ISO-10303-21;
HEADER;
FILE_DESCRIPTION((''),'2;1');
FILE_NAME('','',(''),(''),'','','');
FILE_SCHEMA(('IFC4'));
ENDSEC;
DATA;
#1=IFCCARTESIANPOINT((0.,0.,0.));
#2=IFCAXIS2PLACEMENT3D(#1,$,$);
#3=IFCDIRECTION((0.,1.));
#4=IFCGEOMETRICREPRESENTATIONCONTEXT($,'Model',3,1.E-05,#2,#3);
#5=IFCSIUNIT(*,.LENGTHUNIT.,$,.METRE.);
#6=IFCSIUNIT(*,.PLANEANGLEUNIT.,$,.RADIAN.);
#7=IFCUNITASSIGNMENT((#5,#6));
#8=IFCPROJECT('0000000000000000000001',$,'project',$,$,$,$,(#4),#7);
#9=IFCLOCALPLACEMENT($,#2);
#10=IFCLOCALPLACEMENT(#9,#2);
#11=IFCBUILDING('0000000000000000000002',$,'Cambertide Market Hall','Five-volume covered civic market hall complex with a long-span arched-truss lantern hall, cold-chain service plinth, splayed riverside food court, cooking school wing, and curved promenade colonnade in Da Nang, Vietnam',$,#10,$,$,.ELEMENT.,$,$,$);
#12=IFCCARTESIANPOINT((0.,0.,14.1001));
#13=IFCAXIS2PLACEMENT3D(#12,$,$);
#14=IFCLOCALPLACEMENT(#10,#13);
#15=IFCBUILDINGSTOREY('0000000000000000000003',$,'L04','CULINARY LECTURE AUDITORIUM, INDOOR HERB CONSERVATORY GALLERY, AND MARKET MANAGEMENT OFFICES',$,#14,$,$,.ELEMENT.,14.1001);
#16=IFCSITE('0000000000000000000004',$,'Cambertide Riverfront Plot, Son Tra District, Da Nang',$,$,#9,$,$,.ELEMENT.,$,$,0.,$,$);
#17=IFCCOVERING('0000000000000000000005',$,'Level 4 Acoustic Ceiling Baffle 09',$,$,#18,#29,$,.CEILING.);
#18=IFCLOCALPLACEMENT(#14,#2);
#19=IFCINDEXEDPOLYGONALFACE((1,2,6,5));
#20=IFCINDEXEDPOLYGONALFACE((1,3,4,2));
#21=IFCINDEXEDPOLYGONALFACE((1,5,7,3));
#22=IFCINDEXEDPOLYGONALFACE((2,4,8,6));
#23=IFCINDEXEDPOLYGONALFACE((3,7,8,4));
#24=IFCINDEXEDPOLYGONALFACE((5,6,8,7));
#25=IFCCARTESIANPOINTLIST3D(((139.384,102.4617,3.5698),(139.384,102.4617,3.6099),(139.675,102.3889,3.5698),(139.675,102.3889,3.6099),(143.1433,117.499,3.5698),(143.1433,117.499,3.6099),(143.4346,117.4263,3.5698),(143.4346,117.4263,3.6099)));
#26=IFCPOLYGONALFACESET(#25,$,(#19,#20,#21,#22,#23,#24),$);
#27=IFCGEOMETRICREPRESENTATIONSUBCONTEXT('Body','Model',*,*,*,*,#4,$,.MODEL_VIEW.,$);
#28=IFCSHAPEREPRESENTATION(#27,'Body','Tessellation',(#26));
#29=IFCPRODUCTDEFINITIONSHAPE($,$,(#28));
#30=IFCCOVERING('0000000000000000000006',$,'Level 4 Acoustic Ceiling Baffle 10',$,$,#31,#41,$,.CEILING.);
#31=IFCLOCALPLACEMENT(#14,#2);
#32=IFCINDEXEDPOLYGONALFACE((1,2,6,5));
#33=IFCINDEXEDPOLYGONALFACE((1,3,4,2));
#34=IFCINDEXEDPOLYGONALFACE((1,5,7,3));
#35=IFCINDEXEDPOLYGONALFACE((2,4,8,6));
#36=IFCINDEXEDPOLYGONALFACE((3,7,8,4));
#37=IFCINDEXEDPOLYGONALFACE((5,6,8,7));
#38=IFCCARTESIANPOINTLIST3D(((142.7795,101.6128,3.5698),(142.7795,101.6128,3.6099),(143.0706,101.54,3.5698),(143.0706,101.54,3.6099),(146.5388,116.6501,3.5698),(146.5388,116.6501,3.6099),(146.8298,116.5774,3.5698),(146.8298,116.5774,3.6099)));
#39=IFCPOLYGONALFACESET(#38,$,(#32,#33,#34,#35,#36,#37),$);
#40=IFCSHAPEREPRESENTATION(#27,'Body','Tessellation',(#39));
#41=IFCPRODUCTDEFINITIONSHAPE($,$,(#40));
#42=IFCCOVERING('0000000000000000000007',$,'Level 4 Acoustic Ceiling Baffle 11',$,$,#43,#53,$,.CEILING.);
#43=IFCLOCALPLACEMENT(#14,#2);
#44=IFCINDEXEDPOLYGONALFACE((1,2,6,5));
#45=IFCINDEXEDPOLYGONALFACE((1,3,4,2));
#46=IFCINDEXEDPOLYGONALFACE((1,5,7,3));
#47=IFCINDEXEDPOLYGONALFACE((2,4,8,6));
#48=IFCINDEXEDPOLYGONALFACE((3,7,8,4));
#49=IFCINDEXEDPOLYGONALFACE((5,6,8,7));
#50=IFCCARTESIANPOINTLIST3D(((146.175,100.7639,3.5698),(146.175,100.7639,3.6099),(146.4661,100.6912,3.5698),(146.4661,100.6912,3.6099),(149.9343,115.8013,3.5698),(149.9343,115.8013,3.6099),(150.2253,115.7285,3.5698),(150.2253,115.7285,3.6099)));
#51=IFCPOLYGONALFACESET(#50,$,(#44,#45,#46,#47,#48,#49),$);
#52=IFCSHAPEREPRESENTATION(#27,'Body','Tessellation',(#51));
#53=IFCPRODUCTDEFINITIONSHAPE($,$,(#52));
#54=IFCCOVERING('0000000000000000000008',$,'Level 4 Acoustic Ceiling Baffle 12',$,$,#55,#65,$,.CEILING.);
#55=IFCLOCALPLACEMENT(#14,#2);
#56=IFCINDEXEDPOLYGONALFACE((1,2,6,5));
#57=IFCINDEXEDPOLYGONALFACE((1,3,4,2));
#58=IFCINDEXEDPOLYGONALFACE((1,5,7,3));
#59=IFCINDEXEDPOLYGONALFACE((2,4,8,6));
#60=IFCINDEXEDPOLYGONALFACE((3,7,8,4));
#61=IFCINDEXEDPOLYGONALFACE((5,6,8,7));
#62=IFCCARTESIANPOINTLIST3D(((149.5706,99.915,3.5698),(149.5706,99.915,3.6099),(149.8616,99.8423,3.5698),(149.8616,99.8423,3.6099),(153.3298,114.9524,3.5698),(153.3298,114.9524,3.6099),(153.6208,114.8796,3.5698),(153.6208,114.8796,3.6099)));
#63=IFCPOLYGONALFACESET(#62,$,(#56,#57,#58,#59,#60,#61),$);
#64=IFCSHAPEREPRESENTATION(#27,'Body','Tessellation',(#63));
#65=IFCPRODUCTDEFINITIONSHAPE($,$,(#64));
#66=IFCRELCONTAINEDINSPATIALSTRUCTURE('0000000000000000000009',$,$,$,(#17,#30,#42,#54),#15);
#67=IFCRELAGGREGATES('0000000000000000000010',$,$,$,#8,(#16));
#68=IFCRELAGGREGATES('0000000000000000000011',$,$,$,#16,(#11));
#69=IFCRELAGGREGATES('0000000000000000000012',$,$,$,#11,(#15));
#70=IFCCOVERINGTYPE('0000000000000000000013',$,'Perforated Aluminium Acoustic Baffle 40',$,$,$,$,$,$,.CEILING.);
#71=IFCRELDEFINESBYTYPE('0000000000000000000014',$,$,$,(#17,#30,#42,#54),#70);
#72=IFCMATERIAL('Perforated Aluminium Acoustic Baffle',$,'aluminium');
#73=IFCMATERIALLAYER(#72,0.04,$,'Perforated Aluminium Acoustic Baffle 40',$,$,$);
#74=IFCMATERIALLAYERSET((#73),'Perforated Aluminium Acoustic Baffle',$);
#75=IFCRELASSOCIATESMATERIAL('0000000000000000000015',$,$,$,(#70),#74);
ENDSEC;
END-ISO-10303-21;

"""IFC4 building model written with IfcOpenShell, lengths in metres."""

from ifc_helpers import new_model, si_unit, direction, frame, origin, place, context, subcontext, project, spatial, polyline, outline, extrude, material, layer, layer_set, type_object, element, save


model = new_model("IFC4")

# Units and contexts
model_context = context("Model", 3, precision=1e-05, world=origin(), true_north=direction((0.0, 1.0)))
body_context = subcontext(model_context, "Body", "Model", "MODEL_VIEW")
ifc_project = project(units=[si_unit("LENGTHUNIT", "METRE"), si_unit("PLANEANGLEUNIT", "RADIAN")], contexts=[model_context])

# Site, building, storey
site_placement = place(None, origin())
site = spatial("IfcSite", under=ifc_project, at=site_placement, Name="Cambertide Riverfront Plot, Son Tra District, Da Nang", CompositionType="ELEMENT", RefElevation=0.0)
building_placement = place(site_placement, origin())
building = spatial("IfcBuilding", under=site, at=building_placement, Name="Cambertide Market Hall", Description="Five-volume covered civic market hall complex with a long-span arched-truss lantern hall, cold-chain service plinth, splayed riverside food court, cooking school wing, and curved promenade colonnade in Da Nang, Vietnam", CompositionType="ELEMENT")
storey_placement = place(building_placement, frame((0.0, 0.0, 14.1001)))
storey = spatial("IfcBuildingStorey", under=building, at=storey_placement, Name="L04", Description="CULINARY LECTURE AUDITORIUM, INDOOR HERB CONSERVATORY GALLERY, AND MARKET MANAGEMENT OFFICES", CompositionType="ELEMENT", Elevation=14.1001)

# Coverings
ifc_material_1 = material(Name="Perforated Aluminium Acoustic Baffle", Category="aluminium")
ifc_layer_1 = layer(ifc_material_1, 0.04, Name="Perforated Aluminium Acoustic Baffle 40")
ifc_layer_set_1 = layer_set([ifc_layer_1], Name="Perforated Aluminium Acoustic Baffle")
covering_type = type_object("IfcCoveringType", Name="Perforated Aluminium Acoustic Baffle 40", PredefinedType="CEILING", material=ifc_layer_set_1)
covering_1_placement = place(storey_placement, frame((0.0, 0.0, 3.5698)))
element("IfcCovering", 1, at=covering_1_placement, inside=storey, type_object=covering_type, Name="Level 4 Acoustic Ceiling Baffle 09", PredefinedType="CEILING", context=body_context, shape_type="SweptSolid", body=[
    extrude(outline(polyline([(139.384, 102.4617), (139.675, 102.3889), (143.4346, 117.4263), (143.1433, 117.499), (139.384, 102.4617)])), origin(), (0.0, 0.0, 1.0), 0.04),
])
covering_2_placement = place(storey_placement, frame((0.0, 0.0, 3.5698)))
element("IfcCovering", 2, at=covering_2_placement, inside=storey, type_object=covering_type, Name="Level 4 Acoustic Ceiling Baffle 10", PredefinedType="CEILING", context=body_context, shape_type="SweptSolid", body=[
    extrude(outline(polyline([(142.7795, 101.6128), (143.0706, 101.54), (146.8298, 116.5774), (146.5388, 116.6501), (142.7795, 101.6128)])), origin(), (0.0, 0.0, 1.0), 0.04),
])
covering_3_placement = place(storey_placement, frame((0.0, 0.0, 3.5698)))
element("IfcCovering", 3, at=covering_3_placement, inside=storey, type_object=covering_type, Name="Level 4 Acoustic Ceiling Baffle 11", PredefinedType="CEILING", context=body_context, shape_type="SweptSolid", body=[
    extrude(outline(polyline([(146.175, 100.7639), (146.4661, 100.6912), (150.2253, 115.7285), (149.9343, 115.8013), (146.175, 100.7639)])), origin(), (0.0, 0.0, 1.0), 0.04),
])
covering_4_placement = place(storey_placement, frame((0.0, 0.0, 3.5698)))
element("IfcCovering", 4, at=covering_4_placement, inside=storey, type_object=covering_type, Name="Level 4 Acoustic Ceiling Baffle 12", PredefinedType="CEILING", context=body_context, shape_type="SweptSolid", body=[
    extrude(outline(polyline([(149.5706, 99.915), (149.8616, 99.8423), (153.6208, 114.8796), (153.3298, 114.9524), (149.5706, 99.915)])), origin(), (0.0, 0.0, 1.0), 0.04),
])

save(model, "model.ifc")
